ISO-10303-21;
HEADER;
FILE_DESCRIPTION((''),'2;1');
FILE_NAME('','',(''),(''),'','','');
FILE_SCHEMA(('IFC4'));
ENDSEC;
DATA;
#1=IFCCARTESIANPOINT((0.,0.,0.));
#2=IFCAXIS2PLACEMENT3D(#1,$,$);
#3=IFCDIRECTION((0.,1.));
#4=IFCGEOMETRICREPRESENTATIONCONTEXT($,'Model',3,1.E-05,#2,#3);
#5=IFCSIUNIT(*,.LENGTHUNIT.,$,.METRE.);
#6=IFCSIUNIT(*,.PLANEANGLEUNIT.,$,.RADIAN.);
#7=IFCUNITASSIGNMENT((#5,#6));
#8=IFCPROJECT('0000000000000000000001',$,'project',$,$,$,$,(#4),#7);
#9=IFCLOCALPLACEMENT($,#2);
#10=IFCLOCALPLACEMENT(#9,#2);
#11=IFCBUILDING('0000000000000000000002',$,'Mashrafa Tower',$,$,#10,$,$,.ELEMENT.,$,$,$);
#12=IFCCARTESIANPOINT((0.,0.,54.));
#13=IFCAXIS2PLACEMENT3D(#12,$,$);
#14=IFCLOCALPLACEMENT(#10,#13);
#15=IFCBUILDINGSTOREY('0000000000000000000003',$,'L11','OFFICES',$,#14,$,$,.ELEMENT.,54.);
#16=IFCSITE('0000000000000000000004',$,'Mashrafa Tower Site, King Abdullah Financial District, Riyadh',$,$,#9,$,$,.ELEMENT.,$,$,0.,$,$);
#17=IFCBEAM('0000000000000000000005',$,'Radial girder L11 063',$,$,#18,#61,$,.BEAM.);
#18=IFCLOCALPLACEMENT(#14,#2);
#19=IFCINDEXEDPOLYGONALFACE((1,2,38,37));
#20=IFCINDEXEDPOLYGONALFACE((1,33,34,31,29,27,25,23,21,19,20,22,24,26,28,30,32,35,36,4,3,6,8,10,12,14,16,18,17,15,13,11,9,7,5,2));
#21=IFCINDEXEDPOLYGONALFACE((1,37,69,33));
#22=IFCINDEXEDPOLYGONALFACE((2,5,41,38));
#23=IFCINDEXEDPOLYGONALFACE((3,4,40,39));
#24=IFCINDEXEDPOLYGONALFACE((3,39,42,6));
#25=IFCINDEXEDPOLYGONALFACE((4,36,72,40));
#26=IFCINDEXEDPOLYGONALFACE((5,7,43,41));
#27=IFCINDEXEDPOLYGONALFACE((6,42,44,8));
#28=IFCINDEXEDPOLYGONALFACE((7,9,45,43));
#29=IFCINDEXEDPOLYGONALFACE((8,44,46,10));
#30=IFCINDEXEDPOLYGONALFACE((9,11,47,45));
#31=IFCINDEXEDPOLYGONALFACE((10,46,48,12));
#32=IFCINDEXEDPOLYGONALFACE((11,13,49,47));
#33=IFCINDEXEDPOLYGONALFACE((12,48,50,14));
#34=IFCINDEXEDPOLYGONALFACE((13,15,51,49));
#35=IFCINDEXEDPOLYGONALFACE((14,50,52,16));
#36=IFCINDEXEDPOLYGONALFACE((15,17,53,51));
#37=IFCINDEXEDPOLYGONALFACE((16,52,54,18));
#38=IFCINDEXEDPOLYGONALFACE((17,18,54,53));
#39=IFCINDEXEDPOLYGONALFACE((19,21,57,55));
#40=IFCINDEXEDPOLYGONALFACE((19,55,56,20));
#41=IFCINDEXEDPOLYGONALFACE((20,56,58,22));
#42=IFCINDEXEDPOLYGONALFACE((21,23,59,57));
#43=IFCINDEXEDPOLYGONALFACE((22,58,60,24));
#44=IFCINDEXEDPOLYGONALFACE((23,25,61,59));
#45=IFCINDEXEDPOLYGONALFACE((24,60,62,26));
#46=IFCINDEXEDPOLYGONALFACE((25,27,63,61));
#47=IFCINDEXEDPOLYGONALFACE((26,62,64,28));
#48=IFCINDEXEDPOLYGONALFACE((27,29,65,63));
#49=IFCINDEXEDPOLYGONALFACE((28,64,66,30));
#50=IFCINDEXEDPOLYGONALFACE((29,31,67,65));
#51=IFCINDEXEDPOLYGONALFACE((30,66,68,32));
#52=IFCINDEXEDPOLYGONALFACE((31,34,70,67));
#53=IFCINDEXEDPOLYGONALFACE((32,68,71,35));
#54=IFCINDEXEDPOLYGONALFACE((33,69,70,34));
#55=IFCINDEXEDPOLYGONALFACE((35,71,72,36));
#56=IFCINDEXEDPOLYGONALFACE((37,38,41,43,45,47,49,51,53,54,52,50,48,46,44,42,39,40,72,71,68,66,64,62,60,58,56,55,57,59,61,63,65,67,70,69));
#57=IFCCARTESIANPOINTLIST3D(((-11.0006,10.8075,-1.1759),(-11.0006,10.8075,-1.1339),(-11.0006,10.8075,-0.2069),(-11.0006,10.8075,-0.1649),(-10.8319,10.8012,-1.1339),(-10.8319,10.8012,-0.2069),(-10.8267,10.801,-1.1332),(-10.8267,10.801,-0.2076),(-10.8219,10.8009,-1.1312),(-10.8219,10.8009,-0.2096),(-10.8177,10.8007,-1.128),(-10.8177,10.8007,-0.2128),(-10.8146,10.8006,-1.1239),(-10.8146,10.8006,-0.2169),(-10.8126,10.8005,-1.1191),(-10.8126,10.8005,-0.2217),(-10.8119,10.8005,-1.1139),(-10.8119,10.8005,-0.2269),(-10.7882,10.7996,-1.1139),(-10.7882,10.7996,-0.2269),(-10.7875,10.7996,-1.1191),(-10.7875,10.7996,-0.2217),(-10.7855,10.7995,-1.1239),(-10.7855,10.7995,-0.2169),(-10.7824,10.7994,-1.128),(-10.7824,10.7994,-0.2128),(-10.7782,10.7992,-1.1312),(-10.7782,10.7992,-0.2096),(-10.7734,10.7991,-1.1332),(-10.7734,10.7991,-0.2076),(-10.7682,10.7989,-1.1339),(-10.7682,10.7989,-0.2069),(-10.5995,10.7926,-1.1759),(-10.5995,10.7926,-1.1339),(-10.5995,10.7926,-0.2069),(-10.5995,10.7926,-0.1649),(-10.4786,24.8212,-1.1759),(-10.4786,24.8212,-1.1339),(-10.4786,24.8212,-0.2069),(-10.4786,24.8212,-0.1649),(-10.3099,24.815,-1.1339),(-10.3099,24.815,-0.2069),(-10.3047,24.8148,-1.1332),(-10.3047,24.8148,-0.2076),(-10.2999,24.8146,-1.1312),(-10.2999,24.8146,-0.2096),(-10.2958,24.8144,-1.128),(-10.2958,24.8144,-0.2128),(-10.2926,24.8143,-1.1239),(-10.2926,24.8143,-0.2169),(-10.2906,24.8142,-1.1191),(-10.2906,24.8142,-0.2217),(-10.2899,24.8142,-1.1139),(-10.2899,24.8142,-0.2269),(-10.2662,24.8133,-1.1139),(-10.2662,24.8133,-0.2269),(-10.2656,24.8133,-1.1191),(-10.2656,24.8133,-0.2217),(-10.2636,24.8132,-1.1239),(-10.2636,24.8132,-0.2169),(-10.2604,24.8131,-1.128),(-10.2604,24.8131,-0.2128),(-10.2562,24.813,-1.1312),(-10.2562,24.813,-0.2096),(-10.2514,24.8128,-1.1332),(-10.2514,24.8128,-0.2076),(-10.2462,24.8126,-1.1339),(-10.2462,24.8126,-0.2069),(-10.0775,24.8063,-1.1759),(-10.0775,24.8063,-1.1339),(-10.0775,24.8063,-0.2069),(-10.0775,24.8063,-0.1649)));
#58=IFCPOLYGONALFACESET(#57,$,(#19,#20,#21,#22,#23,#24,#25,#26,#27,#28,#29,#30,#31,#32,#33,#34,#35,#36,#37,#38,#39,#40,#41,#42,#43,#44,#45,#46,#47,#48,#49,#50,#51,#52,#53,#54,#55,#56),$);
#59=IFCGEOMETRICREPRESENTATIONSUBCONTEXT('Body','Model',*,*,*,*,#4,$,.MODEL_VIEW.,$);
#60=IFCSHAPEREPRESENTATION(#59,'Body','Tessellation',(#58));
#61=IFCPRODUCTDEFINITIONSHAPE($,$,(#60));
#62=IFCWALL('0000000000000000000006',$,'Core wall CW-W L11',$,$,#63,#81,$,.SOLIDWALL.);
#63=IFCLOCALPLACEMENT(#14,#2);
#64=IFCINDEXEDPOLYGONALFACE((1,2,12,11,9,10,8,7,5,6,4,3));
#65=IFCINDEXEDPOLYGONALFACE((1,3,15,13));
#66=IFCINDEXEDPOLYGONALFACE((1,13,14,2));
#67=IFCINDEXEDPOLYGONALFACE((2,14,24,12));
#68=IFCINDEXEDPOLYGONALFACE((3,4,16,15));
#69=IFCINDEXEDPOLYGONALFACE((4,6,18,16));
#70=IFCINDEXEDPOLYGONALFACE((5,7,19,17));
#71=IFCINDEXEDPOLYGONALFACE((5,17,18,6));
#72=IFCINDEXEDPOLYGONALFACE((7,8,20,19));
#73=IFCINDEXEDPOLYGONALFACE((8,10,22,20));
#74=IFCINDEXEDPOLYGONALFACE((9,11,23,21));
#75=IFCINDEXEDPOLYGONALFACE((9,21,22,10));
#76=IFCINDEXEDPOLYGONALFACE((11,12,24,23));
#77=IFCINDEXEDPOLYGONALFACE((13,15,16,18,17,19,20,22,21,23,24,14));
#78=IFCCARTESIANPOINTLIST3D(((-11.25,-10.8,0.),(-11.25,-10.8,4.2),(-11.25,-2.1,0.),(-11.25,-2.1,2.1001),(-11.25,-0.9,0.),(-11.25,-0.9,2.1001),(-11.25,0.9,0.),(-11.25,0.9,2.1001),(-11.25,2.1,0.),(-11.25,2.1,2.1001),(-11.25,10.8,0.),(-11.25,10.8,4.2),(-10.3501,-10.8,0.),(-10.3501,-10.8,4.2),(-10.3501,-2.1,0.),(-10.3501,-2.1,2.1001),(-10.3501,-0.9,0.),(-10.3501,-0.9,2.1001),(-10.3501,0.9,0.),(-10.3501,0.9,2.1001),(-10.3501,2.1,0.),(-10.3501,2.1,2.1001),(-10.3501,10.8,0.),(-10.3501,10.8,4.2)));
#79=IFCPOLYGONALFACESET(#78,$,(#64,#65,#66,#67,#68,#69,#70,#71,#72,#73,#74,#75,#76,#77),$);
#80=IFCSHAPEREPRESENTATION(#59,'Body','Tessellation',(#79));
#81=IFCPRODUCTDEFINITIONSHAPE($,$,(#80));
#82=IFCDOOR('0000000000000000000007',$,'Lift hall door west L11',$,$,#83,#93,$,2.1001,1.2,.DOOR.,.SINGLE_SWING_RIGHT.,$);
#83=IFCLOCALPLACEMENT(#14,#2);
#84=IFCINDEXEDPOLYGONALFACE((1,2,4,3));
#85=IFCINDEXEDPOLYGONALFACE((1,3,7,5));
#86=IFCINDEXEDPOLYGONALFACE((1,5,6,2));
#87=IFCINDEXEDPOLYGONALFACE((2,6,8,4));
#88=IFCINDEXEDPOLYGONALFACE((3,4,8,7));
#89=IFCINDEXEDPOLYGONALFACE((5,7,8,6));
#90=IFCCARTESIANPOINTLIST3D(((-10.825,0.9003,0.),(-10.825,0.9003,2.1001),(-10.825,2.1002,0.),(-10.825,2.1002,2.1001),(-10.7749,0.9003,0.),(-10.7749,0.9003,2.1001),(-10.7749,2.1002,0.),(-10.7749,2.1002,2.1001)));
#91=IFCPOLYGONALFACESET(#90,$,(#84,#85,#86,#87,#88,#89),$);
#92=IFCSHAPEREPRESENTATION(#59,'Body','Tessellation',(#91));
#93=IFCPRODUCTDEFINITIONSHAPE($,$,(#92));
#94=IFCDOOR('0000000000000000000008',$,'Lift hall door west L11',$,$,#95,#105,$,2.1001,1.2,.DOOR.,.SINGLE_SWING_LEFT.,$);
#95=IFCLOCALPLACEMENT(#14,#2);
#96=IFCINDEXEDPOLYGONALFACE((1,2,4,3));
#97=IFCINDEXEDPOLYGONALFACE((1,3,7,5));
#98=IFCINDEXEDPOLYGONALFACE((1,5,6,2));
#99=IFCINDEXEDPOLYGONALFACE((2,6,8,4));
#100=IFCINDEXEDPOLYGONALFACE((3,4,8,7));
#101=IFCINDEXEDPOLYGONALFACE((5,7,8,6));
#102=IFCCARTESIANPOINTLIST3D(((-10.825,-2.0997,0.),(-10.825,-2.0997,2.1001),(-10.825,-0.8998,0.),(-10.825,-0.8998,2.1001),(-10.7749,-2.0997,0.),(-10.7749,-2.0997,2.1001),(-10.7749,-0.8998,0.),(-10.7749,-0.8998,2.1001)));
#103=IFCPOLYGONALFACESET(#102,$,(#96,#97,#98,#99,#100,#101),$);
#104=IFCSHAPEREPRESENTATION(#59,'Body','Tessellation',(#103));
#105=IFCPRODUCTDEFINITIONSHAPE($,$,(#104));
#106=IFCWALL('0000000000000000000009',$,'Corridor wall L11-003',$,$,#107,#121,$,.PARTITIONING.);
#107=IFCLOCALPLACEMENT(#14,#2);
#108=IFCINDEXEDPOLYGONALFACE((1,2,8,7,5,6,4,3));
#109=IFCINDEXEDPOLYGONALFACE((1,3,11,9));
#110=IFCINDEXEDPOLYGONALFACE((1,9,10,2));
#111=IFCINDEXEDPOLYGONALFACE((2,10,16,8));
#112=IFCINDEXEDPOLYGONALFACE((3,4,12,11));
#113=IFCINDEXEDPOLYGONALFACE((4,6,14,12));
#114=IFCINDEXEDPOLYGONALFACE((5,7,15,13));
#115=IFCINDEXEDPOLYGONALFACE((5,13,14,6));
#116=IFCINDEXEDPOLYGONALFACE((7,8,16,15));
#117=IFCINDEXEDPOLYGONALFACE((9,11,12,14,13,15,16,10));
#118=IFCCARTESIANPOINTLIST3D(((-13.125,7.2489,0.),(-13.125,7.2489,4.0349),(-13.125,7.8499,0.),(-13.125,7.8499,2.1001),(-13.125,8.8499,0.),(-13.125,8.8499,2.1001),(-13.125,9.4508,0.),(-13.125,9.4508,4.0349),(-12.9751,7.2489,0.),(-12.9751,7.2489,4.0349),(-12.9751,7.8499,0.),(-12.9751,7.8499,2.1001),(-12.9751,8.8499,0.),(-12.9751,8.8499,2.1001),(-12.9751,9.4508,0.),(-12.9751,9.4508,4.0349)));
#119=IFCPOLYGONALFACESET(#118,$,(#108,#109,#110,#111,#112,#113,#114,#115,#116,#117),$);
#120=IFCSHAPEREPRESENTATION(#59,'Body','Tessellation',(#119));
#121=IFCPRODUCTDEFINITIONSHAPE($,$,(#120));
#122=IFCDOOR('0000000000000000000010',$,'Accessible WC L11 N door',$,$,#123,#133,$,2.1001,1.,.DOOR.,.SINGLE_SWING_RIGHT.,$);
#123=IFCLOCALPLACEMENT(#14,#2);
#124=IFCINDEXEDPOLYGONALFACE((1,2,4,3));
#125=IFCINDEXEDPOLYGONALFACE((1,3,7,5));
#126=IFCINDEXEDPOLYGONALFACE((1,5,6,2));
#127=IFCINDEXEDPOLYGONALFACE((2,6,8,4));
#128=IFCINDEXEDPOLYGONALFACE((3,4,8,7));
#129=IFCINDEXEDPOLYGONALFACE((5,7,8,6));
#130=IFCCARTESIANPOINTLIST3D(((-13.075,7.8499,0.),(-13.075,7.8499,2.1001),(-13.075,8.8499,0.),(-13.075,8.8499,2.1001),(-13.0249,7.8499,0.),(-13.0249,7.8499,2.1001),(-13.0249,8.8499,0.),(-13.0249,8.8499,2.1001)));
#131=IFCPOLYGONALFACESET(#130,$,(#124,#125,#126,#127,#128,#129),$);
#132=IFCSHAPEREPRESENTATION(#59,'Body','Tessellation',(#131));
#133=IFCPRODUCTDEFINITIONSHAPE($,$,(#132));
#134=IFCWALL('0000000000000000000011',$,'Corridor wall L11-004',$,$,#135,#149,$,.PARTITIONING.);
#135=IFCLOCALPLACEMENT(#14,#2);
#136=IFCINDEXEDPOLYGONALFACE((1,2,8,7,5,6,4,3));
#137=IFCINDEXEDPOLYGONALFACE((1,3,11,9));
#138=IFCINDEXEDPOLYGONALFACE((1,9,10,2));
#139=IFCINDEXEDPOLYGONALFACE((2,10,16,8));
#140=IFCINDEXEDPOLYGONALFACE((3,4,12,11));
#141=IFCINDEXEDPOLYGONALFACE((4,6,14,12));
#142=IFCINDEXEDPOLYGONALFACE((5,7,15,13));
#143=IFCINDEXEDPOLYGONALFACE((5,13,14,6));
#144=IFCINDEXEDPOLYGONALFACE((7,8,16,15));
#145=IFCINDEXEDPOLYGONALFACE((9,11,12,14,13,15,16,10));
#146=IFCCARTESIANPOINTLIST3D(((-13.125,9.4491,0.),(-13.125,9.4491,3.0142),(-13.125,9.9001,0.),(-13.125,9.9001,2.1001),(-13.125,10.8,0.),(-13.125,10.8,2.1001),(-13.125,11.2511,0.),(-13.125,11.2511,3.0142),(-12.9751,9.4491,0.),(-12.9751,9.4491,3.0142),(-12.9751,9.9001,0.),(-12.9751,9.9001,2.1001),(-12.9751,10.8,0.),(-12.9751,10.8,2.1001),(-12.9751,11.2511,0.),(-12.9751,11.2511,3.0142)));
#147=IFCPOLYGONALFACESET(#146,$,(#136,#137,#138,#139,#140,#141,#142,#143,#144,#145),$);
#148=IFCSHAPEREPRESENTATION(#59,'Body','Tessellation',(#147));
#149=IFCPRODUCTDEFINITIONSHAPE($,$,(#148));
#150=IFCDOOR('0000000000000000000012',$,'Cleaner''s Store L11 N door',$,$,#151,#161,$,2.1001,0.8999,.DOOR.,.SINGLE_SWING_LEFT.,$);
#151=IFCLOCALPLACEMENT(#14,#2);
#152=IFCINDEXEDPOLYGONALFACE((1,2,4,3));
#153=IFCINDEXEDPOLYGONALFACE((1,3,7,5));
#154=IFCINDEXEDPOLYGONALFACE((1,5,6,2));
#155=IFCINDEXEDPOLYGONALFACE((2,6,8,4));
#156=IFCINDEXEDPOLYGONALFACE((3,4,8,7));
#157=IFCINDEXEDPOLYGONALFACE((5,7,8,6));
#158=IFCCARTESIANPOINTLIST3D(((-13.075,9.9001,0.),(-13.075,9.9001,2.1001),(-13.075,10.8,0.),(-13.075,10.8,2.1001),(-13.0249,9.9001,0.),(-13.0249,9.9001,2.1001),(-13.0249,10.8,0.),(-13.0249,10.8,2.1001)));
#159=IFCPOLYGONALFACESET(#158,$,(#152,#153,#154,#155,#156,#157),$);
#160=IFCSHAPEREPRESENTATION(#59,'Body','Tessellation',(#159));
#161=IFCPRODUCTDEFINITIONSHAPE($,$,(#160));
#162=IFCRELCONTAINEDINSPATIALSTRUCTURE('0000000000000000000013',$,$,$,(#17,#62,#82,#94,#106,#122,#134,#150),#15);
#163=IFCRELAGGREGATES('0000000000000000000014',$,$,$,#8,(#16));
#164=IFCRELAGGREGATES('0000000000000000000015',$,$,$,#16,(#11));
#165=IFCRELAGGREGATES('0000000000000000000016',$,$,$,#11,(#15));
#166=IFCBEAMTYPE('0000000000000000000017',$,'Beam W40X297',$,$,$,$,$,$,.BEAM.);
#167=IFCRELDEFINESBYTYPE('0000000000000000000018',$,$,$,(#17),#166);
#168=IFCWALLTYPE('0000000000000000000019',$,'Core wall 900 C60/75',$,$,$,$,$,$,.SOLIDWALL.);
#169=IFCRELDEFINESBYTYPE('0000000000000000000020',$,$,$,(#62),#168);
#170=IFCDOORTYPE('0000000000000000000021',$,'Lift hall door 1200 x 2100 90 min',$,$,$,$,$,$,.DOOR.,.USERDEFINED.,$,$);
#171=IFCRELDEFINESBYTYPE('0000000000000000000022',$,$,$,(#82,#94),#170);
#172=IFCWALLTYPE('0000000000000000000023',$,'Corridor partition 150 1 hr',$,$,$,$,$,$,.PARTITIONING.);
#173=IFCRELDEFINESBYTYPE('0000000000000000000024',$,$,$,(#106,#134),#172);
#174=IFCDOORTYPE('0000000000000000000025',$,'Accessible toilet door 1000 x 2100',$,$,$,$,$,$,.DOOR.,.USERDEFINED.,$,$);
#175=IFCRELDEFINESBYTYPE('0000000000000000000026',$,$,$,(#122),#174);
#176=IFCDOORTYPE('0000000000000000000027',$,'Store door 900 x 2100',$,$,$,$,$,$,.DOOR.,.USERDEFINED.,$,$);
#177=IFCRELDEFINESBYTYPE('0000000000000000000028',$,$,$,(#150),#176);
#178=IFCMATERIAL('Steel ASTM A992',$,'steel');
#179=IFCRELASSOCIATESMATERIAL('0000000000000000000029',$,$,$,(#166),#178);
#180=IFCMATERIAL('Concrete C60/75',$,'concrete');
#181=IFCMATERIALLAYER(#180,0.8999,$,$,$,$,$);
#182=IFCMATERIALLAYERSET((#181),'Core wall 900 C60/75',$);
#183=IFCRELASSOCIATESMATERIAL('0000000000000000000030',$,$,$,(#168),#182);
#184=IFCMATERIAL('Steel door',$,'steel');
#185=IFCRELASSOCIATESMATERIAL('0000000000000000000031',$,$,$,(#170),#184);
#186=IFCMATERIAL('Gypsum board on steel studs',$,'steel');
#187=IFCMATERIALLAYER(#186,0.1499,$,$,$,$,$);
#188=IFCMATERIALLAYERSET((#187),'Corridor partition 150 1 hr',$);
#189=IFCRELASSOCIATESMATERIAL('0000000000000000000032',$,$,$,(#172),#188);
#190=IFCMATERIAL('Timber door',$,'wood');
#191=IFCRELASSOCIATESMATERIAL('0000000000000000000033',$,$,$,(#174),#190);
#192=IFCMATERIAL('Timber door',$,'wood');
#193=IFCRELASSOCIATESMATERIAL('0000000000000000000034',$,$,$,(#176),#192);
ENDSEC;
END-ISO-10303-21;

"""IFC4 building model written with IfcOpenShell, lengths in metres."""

from ifc_helpers import new_model, si_unit, direction, frame, frame_2d, origin, origin_2d, place, context, subcontext, project, spatial, rectangle, i_section, extrude, material, layer, layer_set, material_profile, profile_set, type_object, element, fill, save


model = new_model("IFC4")

# Units and contexts
model_context = context("Model", 3, precision=1e-05, world=origin(), true_north=direction((0.0, 1.0)))
body_context = subcontext(model_context, "Body", "Model", "MODEL_VIEW")
ifc_project = project(units=[si_unit("LENGTHUNIT", "METRE"), si_unit("PLANEANGLEUNIT", "RADIAN")], contexts=[model_context])

# Site, building, storey
site_placement = place(None, origin())
site = spatial("IfcSite", under=ifc_project, at=site_placement, Name="Mashrafa Tower Site, King Abdullah Financial District, Riyadh", CompositionType="ELEMENT", RefElevation=0.0)
building_placement = place(site_placement, origin())
building = spatial("IfcBuilding", under=site, at=building_placement, Name="Mashrafa Tower", CompositionType="ELEMENT")
storey_placement = place(building_placement, frame((0.0, 0.0, 54.0)))
storey = spatial("IfcBuildingStorey", under=building, at=storey_placement, Name="L11", Description="OFFICES", CompositionType="ELEMENT", Elevation=54.0)

# Beam
ifc_material_1 = material(Name="Steel ASTM A992", Category="steel")
ifc_material_profile_1 = material_profile(ifc_material_1, i_section(OverallWidth=0.4014, OverallDepth=1.011, WebThickness=0.0237, FlangeThickness=0.042, FilletRadius=0.02, at=origin_2d()), Name="W40X297")
ifc_profile_set_1 = profile_set([ifc_material_profile_1], Name="Steel ASTM A992")
beam_type_1 = type_object("IfcBeamType", Name="Beam W40X297", PredefinedType="BEAM", material=ifc_profile_set_1)
for number, where, z_axis, x_axis, name in (
    (1, (-10.8, 10.8, -0.6704), (0.037222, 0.999307, 0.0), (-0.999307, 0.037222, 0.0), "Radial girder L11 063"),
):
    element("IfcBeam", number, at=place(storey_placement, frame(where, z_axis=z_axis, x_axis=x_axis)), inside=storey, type_object=beam_type_1, Name=name, PredefinedType="BEAM", context=body_context, shape_type="SweptSolid", body=[
        extrude(i_section(OverallWidth=0.4014, OverallDepth=1.011, WebThickness=0.0237, FlangeThickness=0.042, FilletRadius=0.02, at=origin_2d()), origin(), (0.0, 0.0, 1.0), 14.0234),
    ])

# Wall, openings, doors
ifc_material_2 = material(Name="Concrete C60/75", Category="concrete")
ifc_layer_1 = layer(ifc_material_2, 0.8999)
ifc_layer_set_1 = layer_set([ifc_layer_1], Name="Core wall 900 C60/75")
wall_type_1 = type_object("IfcWallType", Name="Core wall 900 C60/75", PredefinedType="SOLIDWALL", material=ifc_layer_set_1)
wall_1_placement = place(storey_placement, frame((-10.8, 10.8, 0.0), z_axis=(0.0, 0.0, 1.0), x_axis=(0.0, -1.0, 0.0)))
wall_1 = element("IfcWall", 2, at=wall_1_placement, inside=storey, type_object=wall_type_1, Name="Core wall CW-W L11", PredefinedType="SOLIDWALL", context=body_context, shape_type="SweptSolid", body=[
    extrude(rectangle(XDim=21.6001, YDim=0.8999, at=frame_2d((10.8, 0.0))), origin(), (0.0, 0.0, 1.0), 4.2),
])
opening_1_placement = place(wall_1_placement, frame((8.7, 0.0, 0.0)))
opening_1 = element("IfcOpeningElement", 3, at=opening_1_placement, cuts=wall_1, PredefinedType="OPENING", context=body_context, shape_type="SweptSolid", body=[
    extrude(rectangle(XDim=1.2, YDim=2.1001, at=frame_2d((0.6001, 1.05))), frame((0.0, 0.46, 0.0), z_axis=(0.0, -1.0, 0.0), x_axis=(1.0, 0.0, 0.0)), (0.0, 0.0, 1.0), 0.9199),
])
opening_2_placement = place(wall_1_placement, frame((11.7, 0.0, 0.0)))
opening_2 = element("IfcOpeningElement", 4, at=opening_2_placement, cuts=wall_1, PredefinedType="OPENING", context=body_context, shape_type="SweptSolid", body=[
    extrude(rectangle(XDim=1.2, YDim=2.1001, at=frame_2d((0.6001, 1.05))), frame((0.0, 0.46, 0.0), z_axis=(0.0, -1.0, 0.0), x_axis=(1.0, 0.0, 0.0)), (0.0, 0.0, 1.0), 0.9199),
])
ifc_material_3 = material(Name="Steel door", Category="steel")
door_type_1 = type_object("IfcDoorType", Name="Lift hall door 1200 x 2100 90 min", OperationType="USERDEFINED", PredefinedType="DOOR", material=ifc_material_3)
door_1_placement = place(opening_1_placement, frame((1.2, 0.0, 0.0), z_axis=(0.0, 0.0, 1.0), x_axis=(-1.0, 0.0, 0.0)))
door_1 = element("IfcDoor", 5, at=door_1_placement, inside=storey, type_object=door_type_1, Name="Lift hall door west L11", OperationType="SINGLE_SWING_RIGHT", OverallHeight=2.1001, OverallWidth=1.2, PredefinedType="DOOR", context=body_context, shape_type="SweptSolid", body=[
    extrude(rectangle(XDim=1.2, YDim=2.1001, at=frame_2d((0.6001, 1.05))), frame((0.0, 0.0249, 0.0), z_axis=(0.0, -1.0, 0.0), x_axis=(1.0, 0.0, 0.0)), (0.0, 0.0, 1.0), 0.05),
])
fill(opening_1, door_1)
door_2_placement = place(opening_2_placement, frame((1.2, 0.0, 0.0), z_axis=(0.0, 0.0, 1.0), x_axis=(-1.0, 0.0, 0.0)))
door_2 = element("IfcDoor", 6, at=door_2_placement, inside=storey, type_object=door_type_1, Name="Lift hall door west L11", OperationType="SINGLE_SWING_LEFT", OverallHeight=2.1001, OverallWidth=1.2, PredefinedType="DOOR", context=body_context, shape_type="SweptSolid", body=[
    extrude(rectangle(XDim=1.2, YDim=2.1001, at=frame_2d((0.6001, 1.05))), frame((0.0, 0.0249, 0.0), z_axis=(0.0, -1.0, 0.0), x_axis=(1.0, 0.0, 0.0)), (0.0, 0.0, 1.0), 0.05),
])
fill(opening_2, door_2)

# Walls, openings, doors
ifc_material_4 = material(Name="Gypsum board on steel studs", Category="steel")
ifc_layer_2 = layer(ifc_material_4, 0.1499)
ifc_layer_set_2 = layer_set([ifc_layer_2], Name="Corridor partition 150 1 hr")
wall_type_2 = type_object("IfcWallType", Name="Corridor partition 150 1 hr", PredefinedType="PARTITIONING", material=ifc_layer_set_2)
wall_2_placement = place(storey_placement, frame((-13.05, 9.4509, 0.0), z_axis=(0.0, 0.0, 1.0), x_axis=(0.0, -1.0, 0.0)))
wall_2 = element("IfcWall", 7, at=wall_2_placement, inside=storey, type_object=wall_type_2, Name="Corridor wall L11-003", PredefinedType="PARTITIONING", context=body_context, shape_type="SweptSolid", body=[
    extrude(rectangle(XDim=2.2019, YDim=0.1499, at=frame_2d((1.1011, 0.0))), origin(), (0.0, 0.0, 1.0), 4.0349),
])
opening_3_placement = place(wall_2_placement, frame((0.6011, 0.0, 0.0)))
opening_3 = element("IfcOpeningElement", 8, at=opening_3_placement, cuts=wall_2, PredefinedType="OPENING", context=body_context, shape_type="SweptSolid", body=[
    extrude(rectangle(XDim=1.0, YDim=2.1001, at=frame_2d((0.5, 1.05))), frame((0.0, 0.085, 0.0), z_axis=(0.0, -1.0, 0.0), x_axis=(1.0, 0.0, 0.0)), (0.0, 0.0, 1.0), 0.1699),
])
ifc_material_5 = material(Name="Timber door", Category="wood")
door_type_2 = type_object("IfcDoorType", Name="Accessible toilet door 1000 x 2100", OperationType="USERDEFINED", PredefinedType="DOOR", material=ifc_material_5)
door_3_placement = place(opening_3_placement, frame((1.0, 0.0, 0.0), z_axis=(0.0, 0.0, 1.0), x_axis=(-1.0, 0.0, 0.0)))
door_3 = element("IfcDoor", 9, at=door_3_placement, inside=storey, type_object=door_type_2, Name="Accessible WC L11 N door", OperationType="SINGLE_SWING_RIGHT", OverallHeight=2.1001, OverallWidth=1.0, PredefinedType="DOOR", context=body_context, shape_type="SweptSolid", body=[
    extrude(rectangle(XDim=1.0, YDim=2.1001, at=frame_2d((0.5, 1.05))), frame((0.0, 0.0249, 0.0), z_axis=(0.0, -1.0, 0.0), x_axis=(1.0, 0.0, 0.0)), (0.0, 0.0, 1.0), 0.05),
])
fill(opening_3, door_3)
wall_3_placement = place(storey_placement, frame((-13.05, 11.251, 0.0), z_axis=(0.0, 0.0, 1.0), x_axis=(0.0, -1.0, 0.0)))
wall_3 = element("IfcWall", 10, at=wall_3_placement, inside=storey, type_object=wall_type_2, Name="Corridor wall L11-004", PredefinedType="PARTITIONING", context=body_context, shape_type="SweptSolid", body=[
    extrude(rectangle(XDim=1.802, YDim=0.1499, at=frame_2d((0.9009, 0.0))), origin(), (0.0, 0.0, 1.0), 3.0142),
])
opening_4_placement = place(wall_3_placement, frame((0.4509, 0.0, 0.0)))
opening_4 = element("IfcOpeningElement", 11, at=opening_4_placement, cuts=wall_3, PredefinedType="OPENING", context=body_context, shape_type="SweptSolid", body=[
    extrude(rectangle(XDim=0.8999, YDim=2.1001, at=frame_2d((0.45, 1.05))), frame((0.0, 0.085, 0.0), z_axis=(0.0, -1.0, 0.0), x_axis=(1.0, 0.0, 0.0)), (0.0, 0.0, 1.0), 0.1699),
])
ifc_material_6 = material(Name="Timber door", Category="wood")
door_type_3 = type_object("IfcDoorType", Name="Store door 900 x 2100", OperationType="USERDEFINED", PredefinedType="DOOR", material=ifc_material_6)
door_4_placement = place(opening_4_placement, frame((0.8999, 0.0, 0.0), z_axis=(0.0, 0.0, 1.0), x_axis=(-1.0, 0.0, 0.0)))
door_4 = element("IfcDoor", 12, at=door_4_placement, inside=storey, type_object=door_type_3, Name="Cleaner's Store L11 N door", OperationType="SINGLE_SWING_LEFT", OverallHeight=2.1001, OverallWidth=0.8999, PredefinedType="DOOR", context=body_context, shape_type="SweptSolid", body=[
    extrude(rectangle(XDim=0.8999, YDim=2.1001, at=frame_2d((0.45, 1.05))), frame((0.0, 0.0249, 0.0), z_axis=(0.0, -1.0, 0.0), x_axis=(1.0, 0.0, 0.0)), (0.0, 0.0, 1.0), 0.05),
])
fill(opening_4, door_4)

save(model, "model.ifc")
